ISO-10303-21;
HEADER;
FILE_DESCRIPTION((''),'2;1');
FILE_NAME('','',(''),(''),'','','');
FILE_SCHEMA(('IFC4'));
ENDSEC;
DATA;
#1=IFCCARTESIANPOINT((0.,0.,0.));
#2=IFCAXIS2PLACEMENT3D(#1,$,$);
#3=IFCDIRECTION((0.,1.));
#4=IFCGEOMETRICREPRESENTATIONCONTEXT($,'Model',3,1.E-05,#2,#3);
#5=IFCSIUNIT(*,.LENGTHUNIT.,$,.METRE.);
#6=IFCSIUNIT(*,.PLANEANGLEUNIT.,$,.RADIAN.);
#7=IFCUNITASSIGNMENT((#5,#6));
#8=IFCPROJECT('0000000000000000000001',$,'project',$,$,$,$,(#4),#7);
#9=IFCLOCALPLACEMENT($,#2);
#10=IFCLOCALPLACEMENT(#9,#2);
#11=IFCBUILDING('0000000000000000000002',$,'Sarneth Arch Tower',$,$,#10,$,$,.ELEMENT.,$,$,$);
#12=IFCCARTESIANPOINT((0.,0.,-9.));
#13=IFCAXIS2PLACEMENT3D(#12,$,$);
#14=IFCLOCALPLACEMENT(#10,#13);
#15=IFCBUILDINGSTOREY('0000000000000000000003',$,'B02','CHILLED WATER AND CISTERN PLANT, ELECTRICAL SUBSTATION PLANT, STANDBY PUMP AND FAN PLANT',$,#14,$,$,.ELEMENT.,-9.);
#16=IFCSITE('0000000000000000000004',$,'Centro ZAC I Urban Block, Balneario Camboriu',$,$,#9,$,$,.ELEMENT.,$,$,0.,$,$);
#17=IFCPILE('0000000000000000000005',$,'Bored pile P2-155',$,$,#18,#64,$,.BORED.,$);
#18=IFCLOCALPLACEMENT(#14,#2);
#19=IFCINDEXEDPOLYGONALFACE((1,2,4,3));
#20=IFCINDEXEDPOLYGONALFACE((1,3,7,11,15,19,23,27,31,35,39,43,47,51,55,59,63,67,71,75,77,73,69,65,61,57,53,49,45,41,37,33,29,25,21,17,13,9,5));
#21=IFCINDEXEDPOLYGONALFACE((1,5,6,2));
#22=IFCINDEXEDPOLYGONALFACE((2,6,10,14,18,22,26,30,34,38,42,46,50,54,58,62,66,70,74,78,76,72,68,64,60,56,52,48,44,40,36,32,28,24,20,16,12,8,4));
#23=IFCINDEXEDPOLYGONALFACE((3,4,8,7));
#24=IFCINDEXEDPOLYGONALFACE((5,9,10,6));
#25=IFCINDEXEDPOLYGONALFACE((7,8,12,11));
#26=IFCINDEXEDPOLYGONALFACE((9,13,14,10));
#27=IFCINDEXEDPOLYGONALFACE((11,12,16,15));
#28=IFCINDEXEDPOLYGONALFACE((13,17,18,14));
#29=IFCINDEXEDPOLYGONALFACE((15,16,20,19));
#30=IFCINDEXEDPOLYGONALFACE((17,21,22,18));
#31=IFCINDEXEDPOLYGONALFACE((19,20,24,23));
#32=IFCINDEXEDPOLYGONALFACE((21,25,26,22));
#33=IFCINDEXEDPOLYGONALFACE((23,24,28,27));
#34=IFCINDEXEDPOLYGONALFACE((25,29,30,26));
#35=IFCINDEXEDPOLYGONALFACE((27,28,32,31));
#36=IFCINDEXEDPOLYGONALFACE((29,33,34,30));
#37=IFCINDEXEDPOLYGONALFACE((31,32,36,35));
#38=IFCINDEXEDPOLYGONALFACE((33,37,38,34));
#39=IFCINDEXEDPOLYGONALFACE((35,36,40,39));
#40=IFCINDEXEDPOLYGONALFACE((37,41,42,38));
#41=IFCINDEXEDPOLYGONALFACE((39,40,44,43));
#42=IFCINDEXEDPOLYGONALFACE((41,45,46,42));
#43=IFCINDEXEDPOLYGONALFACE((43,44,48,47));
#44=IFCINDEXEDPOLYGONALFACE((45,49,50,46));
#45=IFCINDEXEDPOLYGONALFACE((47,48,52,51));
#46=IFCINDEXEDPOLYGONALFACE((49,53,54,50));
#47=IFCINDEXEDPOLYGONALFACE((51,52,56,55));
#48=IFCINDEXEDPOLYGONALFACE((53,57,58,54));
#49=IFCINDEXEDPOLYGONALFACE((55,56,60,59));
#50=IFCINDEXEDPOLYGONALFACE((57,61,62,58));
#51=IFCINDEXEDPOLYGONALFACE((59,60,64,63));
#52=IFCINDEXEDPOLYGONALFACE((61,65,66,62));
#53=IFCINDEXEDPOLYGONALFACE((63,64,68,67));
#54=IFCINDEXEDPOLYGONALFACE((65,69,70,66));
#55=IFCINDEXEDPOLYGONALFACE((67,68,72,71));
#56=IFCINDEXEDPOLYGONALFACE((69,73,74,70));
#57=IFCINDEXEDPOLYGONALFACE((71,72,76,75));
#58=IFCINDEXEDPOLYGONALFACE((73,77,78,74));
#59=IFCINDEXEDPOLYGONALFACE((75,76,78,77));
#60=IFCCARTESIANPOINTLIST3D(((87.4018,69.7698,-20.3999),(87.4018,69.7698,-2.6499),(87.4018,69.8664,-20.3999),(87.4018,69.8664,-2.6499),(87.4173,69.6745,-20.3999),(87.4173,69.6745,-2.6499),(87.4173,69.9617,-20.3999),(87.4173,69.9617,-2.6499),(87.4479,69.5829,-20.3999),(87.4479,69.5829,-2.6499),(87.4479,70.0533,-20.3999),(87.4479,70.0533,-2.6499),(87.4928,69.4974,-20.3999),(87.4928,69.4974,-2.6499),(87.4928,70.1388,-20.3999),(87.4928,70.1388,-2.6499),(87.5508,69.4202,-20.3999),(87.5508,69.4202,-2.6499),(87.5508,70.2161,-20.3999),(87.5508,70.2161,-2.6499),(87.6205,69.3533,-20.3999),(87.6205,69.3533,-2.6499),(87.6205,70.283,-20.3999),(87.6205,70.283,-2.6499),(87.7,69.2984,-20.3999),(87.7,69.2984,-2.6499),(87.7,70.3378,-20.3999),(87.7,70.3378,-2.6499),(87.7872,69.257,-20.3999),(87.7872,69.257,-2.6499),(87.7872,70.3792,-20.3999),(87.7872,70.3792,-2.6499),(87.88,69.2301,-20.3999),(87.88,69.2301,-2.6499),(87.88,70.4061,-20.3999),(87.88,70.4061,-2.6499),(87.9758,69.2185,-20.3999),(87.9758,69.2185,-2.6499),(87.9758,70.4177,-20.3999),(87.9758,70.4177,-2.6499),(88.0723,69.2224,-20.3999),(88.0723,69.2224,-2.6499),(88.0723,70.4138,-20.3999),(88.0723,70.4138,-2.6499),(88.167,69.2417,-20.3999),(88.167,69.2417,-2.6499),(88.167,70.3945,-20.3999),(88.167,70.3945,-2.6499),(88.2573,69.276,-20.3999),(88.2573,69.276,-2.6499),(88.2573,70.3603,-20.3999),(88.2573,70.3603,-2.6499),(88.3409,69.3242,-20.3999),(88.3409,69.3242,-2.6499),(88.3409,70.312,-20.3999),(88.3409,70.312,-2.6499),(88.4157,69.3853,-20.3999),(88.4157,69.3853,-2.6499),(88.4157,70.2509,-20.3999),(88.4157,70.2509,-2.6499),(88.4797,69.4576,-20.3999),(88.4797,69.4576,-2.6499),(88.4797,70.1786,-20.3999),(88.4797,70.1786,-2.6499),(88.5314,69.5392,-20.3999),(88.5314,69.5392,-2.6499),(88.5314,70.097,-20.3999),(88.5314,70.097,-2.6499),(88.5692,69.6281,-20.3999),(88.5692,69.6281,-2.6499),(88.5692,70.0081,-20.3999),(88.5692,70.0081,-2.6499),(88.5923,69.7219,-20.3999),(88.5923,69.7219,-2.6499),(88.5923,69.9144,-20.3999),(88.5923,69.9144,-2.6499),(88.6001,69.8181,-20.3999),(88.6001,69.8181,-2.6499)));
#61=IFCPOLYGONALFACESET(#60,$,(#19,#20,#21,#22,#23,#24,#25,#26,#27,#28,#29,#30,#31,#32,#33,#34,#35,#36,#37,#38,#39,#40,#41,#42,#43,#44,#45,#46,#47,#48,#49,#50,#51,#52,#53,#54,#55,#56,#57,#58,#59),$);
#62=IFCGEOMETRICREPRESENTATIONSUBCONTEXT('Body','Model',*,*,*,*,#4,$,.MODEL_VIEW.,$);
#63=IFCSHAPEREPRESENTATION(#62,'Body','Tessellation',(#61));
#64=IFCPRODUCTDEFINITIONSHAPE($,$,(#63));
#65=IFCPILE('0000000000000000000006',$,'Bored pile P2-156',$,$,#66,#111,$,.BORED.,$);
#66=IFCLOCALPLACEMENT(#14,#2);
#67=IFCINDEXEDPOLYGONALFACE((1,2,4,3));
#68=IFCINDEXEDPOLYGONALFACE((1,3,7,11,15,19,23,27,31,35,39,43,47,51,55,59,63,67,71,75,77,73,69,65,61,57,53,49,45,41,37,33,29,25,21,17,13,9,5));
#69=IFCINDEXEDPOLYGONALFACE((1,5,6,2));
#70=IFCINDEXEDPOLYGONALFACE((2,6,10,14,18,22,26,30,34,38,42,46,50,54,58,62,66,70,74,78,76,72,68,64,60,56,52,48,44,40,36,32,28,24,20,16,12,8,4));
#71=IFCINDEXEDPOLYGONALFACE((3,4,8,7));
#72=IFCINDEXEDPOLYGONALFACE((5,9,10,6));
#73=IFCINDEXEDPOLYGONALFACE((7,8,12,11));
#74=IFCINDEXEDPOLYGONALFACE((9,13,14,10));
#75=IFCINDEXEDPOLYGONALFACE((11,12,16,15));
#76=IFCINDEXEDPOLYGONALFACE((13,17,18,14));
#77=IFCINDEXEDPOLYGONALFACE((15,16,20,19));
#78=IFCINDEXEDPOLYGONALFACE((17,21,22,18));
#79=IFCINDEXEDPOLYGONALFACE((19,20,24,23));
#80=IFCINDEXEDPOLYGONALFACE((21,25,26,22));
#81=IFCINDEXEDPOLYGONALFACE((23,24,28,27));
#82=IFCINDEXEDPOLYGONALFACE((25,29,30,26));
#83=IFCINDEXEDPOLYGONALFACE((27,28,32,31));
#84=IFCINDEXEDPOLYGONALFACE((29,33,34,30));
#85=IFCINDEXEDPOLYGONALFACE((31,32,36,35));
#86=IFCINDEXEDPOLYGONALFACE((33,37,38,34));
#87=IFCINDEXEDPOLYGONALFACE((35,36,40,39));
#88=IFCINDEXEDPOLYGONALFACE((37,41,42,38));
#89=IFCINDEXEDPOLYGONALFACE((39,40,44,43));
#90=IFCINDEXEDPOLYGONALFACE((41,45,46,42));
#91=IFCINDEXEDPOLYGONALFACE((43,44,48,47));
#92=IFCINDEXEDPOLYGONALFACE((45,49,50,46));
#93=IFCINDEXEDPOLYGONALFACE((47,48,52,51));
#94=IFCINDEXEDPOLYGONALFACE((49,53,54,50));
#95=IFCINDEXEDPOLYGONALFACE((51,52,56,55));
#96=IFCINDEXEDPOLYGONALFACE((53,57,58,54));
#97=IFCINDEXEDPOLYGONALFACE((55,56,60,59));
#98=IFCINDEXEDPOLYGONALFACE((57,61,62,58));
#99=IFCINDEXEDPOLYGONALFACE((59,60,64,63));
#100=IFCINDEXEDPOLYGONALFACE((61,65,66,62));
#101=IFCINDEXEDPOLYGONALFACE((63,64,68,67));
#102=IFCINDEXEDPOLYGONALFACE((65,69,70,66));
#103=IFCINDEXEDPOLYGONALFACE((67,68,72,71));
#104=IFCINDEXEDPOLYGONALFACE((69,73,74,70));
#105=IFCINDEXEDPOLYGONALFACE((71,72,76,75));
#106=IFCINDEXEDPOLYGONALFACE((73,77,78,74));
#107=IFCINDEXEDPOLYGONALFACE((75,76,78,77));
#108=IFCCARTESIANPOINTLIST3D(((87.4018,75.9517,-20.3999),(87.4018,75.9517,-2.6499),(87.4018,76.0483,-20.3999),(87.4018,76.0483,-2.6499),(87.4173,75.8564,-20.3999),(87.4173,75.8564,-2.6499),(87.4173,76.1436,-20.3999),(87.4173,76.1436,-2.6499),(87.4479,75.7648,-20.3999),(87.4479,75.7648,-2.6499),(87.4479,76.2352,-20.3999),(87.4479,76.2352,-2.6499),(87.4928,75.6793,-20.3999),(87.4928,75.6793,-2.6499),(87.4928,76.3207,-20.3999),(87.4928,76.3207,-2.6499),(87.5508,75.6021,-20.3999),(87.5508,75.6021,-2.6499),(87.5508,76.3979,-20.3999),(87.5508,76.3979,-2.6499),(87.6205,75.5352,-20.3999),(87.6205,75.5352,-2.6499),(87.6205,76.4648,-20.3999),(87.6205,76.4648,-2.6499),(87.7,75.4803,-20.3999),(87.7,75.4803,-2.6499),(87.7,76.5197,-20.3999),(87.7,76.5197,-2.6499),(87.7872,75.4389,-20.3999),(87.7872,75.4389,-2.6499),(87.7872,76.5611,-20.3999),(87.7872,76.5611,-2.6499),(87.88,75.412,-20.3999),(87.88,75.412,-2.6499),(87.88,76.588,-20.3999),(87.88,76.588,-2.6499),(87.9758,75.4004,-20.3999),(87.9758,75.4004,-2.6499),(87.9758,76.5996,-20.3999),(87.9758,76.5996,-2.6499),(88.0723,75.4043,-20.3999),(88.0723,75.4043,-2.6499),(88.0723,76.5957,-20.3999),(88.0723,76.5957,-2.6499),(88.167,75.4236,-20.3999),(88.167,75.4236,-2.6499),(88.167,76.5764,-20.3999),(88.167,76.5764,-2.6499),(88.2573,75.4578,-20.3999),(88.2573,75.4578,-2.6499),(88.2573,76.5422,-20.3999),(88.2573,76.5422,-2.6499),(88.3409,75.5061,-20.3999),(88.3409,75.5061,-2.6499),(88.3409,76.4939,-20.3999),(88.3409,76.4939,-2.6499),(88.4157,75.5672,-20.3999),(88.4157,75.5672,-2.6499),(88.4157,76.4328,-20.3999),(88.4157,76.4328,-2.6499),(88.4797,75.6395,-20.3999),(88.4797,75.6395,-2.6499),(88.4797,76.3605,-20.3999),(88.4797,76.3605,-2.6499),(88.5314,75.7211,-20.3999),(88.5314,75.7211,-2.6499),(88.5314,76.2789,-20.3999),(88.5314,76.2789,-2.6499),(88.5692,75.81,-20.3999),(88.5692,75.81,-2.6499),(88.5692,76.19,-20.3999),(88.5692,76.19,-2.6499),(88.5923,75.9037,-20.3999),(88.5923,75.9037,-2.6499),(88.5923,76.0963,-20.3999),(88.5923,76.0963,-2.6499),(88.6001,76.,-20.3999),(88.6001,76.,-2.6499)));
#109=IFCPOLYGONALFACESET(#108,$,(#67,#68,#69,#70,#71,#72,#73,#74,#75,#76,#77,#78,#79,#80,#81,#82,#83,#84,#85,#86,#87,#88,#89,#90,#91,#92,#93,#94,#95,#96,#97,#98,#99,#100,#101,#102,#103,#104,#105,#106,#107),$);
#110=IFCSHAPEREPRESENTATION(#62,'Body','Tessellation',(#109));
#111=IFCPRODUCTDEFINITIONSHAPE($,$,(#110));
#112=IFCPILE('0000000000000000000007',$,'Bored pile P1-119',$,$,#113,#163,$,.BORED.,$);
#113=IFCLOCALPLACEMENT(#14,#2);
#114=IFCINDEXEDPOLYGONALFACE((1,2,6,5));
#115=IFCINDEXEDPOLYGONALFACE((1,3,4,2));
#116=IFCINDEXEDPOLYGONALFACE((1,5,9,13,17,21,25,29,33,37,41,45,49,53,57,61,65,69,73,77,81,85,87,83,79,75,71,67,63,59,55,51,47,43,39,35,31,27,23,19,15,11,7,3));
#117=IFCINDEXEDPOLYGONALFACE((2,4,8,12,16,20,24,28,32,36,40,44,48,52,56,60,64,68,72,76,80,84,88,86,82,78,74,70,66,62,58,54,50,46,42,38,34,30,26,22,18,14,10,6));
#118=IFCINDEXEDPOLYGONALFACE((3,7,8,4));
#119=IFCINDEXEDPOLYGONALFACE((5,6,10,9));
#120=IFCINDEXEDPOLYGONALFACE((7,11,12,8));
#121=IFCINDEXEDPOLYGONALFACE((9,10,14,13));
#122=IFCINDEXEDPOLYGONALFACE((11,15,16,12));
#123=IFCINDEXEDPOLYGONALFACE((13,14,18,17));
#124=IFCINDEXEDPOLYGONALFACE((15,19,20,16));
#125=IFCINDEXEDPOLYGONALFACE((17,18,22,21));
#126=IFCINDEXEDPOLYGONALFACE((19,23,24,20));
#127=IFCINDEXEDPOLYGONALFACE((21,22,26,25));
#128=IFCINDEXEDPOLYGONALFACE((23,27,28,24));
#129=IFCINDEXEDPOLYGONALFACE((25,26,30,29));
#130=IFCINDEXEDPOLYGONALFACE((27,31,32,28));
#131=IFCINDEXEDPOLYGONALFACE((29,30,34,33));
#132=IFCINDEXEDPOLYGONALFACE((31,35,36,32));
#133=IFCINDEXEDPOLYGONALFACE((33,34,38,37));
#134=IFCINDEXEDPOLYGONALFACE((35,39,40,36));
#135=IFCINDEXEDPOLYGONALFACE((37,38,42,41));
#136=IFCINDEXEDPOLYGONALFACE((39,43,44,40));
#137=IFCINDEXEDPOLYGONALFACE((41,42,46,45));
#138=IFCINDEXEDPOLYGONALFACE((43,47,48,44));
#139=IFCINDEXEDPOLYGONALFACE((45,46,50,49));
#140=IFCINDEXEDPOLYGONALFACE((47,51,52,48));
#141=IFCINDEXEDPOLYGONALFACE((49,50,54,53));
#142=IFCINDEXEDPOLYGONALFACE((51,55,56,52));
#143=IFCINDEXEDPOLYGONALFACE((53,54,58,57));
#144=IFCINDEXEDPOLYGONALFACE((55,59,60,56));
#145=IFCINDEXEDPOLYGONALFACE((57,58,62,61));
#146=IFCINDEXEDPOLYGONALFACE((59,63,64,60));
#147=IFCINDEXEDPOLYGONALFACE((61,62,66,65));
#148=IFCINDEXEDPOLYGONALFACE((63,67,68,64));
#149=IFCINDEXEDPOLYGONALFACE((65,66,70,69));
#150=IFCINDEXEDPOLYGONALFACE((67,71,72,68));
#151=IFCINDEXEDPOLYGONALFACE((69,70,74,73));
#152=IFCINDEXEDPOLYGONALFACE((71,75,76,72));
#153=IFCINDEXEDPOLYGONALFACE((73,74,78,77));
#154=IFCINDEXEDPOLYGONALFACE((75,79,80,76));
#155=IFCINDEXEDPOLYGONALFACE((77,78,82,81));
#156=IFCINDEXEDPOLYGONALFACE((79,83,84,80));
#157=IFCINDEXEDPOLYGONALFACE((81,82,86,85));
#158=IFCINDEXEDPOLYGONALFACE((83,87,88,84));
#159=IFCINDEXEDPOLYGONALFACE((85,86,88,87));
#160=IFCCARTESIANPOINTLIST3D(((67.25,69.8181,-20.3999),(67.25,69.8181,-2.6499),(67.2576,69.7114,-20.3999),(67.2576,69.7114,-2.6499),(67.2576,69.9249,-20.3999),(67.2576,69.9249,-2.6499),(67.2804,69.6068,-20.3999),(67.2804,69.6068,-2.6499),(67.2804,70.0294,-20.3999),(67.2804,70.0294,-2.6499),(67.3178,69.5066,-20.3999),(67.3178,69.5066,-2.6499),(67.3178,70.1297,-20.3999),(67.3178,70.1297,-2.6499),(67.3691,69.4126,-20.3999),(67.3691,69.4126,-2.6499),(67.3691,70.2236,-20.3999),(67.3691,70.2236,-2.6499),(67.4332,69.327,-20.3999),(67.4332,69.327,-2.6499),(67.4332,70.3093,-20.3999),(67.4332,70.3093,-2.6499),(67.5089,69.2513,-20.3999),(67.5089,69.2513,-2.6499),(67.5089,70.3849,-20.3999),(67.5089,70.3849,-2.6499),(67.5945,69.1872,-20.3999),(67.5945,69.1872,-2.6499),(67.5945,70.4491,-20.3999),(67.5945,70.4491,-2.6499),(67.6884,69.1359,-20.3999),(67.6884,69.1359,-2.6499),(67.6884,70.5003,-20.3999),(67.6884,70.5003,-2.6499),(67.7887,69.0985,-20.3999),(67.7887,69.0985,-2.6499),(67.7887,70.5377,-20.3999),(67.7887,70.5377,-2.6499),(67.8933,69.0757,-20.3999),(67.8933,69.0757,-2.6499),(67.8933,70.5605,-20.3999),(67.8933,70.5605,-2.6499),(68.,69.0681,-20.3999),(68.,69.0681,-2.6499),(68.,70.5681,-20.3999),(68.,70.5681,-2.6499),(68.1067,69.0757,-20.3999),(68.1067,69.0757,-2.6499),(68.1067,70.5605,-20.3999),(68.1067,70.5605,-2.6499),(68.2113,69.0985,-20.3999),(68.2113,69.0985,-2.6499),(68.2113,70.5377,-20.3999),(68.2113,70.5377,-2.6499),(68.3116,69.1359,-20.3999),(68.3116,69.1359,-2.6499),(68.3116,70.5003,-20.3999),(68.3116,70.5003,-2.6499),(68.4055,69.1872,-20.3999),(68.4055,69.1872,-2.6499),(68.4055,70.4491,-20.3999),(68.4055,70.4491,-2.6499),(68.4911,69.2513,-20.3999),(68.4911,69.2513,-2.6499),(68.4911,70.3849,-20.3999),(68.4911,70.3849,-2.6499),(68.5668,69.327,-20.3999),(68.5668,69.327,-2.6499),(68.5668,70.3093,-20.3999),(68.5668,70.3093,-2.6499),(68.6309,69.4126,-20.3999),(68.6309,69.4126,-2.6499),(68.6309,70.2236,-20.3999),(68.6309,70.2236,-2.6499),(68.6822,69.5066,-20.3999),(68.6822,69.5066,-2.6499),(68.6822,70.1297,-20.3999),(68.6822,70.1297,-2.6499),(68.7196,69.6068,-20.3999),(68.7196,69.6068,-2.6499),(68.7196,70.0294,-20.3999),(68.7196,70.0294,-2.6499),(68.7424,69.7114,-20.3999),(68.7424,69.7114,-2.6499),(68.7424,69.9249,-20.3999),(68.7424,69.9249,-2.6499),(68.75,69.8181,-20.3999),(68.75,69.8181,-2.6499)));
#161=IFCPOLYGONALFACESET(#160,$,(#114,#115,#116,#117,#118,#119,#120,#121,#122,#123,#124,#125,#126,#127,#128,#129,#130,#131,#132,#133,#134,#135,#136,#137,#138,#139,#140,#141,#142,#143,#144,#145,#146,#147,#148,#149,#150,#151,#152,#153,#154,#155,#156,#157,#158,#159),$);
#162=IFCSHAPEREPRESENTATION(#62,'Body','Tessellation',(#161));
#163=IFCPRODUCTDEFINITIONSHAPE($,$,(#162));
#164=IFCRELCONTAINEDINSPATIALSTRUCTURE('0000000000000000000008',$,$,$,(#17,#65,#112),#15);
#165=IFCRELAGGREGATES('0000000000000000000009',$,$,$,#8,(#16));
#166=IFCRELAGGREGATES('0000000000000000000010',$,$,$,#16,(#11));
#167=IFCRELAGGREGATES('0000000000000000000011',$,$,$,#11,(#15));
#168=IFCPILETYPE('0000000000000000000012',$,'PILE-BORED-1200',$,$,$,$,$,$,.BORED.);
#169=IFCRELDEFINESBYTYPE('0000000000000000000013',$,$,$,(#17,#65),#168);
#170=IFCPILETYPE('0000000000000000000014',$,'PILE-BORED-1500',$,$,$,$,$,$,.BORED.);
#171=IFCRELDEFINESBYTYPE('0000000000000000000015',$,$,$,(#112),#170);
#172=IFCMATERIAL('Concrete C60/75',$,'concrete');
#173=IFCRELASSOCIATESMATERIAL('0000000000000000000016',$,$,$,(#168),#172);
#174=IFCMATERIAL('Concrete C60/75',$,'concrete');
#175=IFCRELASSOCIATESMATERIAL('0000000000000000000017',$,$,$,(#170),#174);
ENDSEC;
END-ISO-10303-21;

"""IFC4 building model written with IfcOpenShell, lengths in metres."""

from ifc_helpers import new_model, si_unit, direction, frame, origin, origin_2d, place, context, subcontext, project, spatial, circle, extrude, material, material_profile, profile_set, type_object, element, save


model = new_model("IFC4")

# Units and contexts
model_context = context("Model", 3, precision=1e-05, world=origin(), true_north=direction((0.0, 1.0)))
body_context = subcontext(model_context, "Body", "Model", "MODEL_VIEW")
ifc_project = project(units=[si_unit("LENGTHUNIT", "METRE"), si_unit("PLANEANGLEUNIT", "RADIAN")], contexts=[model_context])

# Site, building, storey
site_placement = place(None, origin())
site = spatial("IfcSite", under=ifc_project, at=site_placement, Name="Centro ZAC I Urban Block, Balneario Camboriu", CompositionType="ELEMENT", RefElevation=0.0)
building_placement = place(site_placement, origin())
building = spatial("IfcBuilding", under=site, at=building_placement, Name="Sarneth Arch Tower", CompositionType="ELEMENT")
storey_placement = place(building_placement, frame((0.0, 0.0, -9.0)))
storey = spatial("IfcBuildingStorey", under=building, at=storey_placement, Name="B02", Description="CHILLED WATER AND CISTERN PLANT, ELECTRICAL SUBSTATION PLANT, STANDBY PUMP AND FAN PLANT", CompositionType="ELEMENT", Elevation=-9.0)

# Piles
ifc_material_1 = material(Name="Concrete C60/75", Category="concrete")
ifc_material_profile_1 = material_profile(ifc_material_1, circle(Radius=0.6001, at=origin_2d()), Name="PILE-D1200")
ifc_profile_set_1 = profile_set([ifc_material_profile_1], Name="Concrete C60/75")
pile_type_1 = type_object("IfcPileType", Name="PILE-BORED-1200", PredefinedType="BORED", material=ifc_profile_set_1)
for number, where, z_axis, x_axis, name in (
    (1, (88.0, 69.8181, -2.6499), (0.0, 0.0, -1.0), (1.0, 0.0, 0.0), "Bored pile P2-155"),
    (2, (88.0, 76.0, -2.6499), (0.0, 0.0, -1.0), (1.0, 0.0, 0.0), "Bored pile P2-156"),
):
    element("IfcPile", number, at=place(storey_placement, frame(where, z_axis=z_axis, x_axis=x_axis)), inside=storey, type_object=pile_type_1, Name=name, PredefinedType="BORED", context=body_context, shape_type="SweptSolid", body=[
        extrude(circle(Radius=0.6001, at=origin_2d()), origin(), (0.0, 0.0, 1.0), 17.75),
    ])
ifc_material_2 = material(Name="Concrete C60/75", Category="concrete")
ifc_material_profile_2 = material_profile(ifc_material_2, circle(Radius=0.75, at=origin_2d()), Name="PILE-D1500")
ifc_profile_set_2 = profile_set([ifc_material_profile_2], Name="Concrete C60/75")
pile_type_2 = type_object("IfcPileType", Name="PILE-BORED-1500", PredefinedType="BORED", material=ifc_profile_set_2)
for number, where, z_axis, x_axis, name in (
    (3, (68.0, 69.8181, -2.6499), (0.0, 0.0, -1.0), (1.0, 0.0, 0.0), "Bored pile P1-119"),
):
    element("IfcPile", number, at=place(storey_placement, frame(where, z_axis=z_axis, x_axis=x_axis)), inside=storey, type_object=pile_type_2, Name=name, PredefinedType="BORED", context=body_context, shape_type="SweptSolid", body=[
        extrude(circle(Radius=0.75, at=origin_2d()), origin(), (0.0, 0.0, 1.0), 17.75),
    ])

save(model, "model.ifc")
